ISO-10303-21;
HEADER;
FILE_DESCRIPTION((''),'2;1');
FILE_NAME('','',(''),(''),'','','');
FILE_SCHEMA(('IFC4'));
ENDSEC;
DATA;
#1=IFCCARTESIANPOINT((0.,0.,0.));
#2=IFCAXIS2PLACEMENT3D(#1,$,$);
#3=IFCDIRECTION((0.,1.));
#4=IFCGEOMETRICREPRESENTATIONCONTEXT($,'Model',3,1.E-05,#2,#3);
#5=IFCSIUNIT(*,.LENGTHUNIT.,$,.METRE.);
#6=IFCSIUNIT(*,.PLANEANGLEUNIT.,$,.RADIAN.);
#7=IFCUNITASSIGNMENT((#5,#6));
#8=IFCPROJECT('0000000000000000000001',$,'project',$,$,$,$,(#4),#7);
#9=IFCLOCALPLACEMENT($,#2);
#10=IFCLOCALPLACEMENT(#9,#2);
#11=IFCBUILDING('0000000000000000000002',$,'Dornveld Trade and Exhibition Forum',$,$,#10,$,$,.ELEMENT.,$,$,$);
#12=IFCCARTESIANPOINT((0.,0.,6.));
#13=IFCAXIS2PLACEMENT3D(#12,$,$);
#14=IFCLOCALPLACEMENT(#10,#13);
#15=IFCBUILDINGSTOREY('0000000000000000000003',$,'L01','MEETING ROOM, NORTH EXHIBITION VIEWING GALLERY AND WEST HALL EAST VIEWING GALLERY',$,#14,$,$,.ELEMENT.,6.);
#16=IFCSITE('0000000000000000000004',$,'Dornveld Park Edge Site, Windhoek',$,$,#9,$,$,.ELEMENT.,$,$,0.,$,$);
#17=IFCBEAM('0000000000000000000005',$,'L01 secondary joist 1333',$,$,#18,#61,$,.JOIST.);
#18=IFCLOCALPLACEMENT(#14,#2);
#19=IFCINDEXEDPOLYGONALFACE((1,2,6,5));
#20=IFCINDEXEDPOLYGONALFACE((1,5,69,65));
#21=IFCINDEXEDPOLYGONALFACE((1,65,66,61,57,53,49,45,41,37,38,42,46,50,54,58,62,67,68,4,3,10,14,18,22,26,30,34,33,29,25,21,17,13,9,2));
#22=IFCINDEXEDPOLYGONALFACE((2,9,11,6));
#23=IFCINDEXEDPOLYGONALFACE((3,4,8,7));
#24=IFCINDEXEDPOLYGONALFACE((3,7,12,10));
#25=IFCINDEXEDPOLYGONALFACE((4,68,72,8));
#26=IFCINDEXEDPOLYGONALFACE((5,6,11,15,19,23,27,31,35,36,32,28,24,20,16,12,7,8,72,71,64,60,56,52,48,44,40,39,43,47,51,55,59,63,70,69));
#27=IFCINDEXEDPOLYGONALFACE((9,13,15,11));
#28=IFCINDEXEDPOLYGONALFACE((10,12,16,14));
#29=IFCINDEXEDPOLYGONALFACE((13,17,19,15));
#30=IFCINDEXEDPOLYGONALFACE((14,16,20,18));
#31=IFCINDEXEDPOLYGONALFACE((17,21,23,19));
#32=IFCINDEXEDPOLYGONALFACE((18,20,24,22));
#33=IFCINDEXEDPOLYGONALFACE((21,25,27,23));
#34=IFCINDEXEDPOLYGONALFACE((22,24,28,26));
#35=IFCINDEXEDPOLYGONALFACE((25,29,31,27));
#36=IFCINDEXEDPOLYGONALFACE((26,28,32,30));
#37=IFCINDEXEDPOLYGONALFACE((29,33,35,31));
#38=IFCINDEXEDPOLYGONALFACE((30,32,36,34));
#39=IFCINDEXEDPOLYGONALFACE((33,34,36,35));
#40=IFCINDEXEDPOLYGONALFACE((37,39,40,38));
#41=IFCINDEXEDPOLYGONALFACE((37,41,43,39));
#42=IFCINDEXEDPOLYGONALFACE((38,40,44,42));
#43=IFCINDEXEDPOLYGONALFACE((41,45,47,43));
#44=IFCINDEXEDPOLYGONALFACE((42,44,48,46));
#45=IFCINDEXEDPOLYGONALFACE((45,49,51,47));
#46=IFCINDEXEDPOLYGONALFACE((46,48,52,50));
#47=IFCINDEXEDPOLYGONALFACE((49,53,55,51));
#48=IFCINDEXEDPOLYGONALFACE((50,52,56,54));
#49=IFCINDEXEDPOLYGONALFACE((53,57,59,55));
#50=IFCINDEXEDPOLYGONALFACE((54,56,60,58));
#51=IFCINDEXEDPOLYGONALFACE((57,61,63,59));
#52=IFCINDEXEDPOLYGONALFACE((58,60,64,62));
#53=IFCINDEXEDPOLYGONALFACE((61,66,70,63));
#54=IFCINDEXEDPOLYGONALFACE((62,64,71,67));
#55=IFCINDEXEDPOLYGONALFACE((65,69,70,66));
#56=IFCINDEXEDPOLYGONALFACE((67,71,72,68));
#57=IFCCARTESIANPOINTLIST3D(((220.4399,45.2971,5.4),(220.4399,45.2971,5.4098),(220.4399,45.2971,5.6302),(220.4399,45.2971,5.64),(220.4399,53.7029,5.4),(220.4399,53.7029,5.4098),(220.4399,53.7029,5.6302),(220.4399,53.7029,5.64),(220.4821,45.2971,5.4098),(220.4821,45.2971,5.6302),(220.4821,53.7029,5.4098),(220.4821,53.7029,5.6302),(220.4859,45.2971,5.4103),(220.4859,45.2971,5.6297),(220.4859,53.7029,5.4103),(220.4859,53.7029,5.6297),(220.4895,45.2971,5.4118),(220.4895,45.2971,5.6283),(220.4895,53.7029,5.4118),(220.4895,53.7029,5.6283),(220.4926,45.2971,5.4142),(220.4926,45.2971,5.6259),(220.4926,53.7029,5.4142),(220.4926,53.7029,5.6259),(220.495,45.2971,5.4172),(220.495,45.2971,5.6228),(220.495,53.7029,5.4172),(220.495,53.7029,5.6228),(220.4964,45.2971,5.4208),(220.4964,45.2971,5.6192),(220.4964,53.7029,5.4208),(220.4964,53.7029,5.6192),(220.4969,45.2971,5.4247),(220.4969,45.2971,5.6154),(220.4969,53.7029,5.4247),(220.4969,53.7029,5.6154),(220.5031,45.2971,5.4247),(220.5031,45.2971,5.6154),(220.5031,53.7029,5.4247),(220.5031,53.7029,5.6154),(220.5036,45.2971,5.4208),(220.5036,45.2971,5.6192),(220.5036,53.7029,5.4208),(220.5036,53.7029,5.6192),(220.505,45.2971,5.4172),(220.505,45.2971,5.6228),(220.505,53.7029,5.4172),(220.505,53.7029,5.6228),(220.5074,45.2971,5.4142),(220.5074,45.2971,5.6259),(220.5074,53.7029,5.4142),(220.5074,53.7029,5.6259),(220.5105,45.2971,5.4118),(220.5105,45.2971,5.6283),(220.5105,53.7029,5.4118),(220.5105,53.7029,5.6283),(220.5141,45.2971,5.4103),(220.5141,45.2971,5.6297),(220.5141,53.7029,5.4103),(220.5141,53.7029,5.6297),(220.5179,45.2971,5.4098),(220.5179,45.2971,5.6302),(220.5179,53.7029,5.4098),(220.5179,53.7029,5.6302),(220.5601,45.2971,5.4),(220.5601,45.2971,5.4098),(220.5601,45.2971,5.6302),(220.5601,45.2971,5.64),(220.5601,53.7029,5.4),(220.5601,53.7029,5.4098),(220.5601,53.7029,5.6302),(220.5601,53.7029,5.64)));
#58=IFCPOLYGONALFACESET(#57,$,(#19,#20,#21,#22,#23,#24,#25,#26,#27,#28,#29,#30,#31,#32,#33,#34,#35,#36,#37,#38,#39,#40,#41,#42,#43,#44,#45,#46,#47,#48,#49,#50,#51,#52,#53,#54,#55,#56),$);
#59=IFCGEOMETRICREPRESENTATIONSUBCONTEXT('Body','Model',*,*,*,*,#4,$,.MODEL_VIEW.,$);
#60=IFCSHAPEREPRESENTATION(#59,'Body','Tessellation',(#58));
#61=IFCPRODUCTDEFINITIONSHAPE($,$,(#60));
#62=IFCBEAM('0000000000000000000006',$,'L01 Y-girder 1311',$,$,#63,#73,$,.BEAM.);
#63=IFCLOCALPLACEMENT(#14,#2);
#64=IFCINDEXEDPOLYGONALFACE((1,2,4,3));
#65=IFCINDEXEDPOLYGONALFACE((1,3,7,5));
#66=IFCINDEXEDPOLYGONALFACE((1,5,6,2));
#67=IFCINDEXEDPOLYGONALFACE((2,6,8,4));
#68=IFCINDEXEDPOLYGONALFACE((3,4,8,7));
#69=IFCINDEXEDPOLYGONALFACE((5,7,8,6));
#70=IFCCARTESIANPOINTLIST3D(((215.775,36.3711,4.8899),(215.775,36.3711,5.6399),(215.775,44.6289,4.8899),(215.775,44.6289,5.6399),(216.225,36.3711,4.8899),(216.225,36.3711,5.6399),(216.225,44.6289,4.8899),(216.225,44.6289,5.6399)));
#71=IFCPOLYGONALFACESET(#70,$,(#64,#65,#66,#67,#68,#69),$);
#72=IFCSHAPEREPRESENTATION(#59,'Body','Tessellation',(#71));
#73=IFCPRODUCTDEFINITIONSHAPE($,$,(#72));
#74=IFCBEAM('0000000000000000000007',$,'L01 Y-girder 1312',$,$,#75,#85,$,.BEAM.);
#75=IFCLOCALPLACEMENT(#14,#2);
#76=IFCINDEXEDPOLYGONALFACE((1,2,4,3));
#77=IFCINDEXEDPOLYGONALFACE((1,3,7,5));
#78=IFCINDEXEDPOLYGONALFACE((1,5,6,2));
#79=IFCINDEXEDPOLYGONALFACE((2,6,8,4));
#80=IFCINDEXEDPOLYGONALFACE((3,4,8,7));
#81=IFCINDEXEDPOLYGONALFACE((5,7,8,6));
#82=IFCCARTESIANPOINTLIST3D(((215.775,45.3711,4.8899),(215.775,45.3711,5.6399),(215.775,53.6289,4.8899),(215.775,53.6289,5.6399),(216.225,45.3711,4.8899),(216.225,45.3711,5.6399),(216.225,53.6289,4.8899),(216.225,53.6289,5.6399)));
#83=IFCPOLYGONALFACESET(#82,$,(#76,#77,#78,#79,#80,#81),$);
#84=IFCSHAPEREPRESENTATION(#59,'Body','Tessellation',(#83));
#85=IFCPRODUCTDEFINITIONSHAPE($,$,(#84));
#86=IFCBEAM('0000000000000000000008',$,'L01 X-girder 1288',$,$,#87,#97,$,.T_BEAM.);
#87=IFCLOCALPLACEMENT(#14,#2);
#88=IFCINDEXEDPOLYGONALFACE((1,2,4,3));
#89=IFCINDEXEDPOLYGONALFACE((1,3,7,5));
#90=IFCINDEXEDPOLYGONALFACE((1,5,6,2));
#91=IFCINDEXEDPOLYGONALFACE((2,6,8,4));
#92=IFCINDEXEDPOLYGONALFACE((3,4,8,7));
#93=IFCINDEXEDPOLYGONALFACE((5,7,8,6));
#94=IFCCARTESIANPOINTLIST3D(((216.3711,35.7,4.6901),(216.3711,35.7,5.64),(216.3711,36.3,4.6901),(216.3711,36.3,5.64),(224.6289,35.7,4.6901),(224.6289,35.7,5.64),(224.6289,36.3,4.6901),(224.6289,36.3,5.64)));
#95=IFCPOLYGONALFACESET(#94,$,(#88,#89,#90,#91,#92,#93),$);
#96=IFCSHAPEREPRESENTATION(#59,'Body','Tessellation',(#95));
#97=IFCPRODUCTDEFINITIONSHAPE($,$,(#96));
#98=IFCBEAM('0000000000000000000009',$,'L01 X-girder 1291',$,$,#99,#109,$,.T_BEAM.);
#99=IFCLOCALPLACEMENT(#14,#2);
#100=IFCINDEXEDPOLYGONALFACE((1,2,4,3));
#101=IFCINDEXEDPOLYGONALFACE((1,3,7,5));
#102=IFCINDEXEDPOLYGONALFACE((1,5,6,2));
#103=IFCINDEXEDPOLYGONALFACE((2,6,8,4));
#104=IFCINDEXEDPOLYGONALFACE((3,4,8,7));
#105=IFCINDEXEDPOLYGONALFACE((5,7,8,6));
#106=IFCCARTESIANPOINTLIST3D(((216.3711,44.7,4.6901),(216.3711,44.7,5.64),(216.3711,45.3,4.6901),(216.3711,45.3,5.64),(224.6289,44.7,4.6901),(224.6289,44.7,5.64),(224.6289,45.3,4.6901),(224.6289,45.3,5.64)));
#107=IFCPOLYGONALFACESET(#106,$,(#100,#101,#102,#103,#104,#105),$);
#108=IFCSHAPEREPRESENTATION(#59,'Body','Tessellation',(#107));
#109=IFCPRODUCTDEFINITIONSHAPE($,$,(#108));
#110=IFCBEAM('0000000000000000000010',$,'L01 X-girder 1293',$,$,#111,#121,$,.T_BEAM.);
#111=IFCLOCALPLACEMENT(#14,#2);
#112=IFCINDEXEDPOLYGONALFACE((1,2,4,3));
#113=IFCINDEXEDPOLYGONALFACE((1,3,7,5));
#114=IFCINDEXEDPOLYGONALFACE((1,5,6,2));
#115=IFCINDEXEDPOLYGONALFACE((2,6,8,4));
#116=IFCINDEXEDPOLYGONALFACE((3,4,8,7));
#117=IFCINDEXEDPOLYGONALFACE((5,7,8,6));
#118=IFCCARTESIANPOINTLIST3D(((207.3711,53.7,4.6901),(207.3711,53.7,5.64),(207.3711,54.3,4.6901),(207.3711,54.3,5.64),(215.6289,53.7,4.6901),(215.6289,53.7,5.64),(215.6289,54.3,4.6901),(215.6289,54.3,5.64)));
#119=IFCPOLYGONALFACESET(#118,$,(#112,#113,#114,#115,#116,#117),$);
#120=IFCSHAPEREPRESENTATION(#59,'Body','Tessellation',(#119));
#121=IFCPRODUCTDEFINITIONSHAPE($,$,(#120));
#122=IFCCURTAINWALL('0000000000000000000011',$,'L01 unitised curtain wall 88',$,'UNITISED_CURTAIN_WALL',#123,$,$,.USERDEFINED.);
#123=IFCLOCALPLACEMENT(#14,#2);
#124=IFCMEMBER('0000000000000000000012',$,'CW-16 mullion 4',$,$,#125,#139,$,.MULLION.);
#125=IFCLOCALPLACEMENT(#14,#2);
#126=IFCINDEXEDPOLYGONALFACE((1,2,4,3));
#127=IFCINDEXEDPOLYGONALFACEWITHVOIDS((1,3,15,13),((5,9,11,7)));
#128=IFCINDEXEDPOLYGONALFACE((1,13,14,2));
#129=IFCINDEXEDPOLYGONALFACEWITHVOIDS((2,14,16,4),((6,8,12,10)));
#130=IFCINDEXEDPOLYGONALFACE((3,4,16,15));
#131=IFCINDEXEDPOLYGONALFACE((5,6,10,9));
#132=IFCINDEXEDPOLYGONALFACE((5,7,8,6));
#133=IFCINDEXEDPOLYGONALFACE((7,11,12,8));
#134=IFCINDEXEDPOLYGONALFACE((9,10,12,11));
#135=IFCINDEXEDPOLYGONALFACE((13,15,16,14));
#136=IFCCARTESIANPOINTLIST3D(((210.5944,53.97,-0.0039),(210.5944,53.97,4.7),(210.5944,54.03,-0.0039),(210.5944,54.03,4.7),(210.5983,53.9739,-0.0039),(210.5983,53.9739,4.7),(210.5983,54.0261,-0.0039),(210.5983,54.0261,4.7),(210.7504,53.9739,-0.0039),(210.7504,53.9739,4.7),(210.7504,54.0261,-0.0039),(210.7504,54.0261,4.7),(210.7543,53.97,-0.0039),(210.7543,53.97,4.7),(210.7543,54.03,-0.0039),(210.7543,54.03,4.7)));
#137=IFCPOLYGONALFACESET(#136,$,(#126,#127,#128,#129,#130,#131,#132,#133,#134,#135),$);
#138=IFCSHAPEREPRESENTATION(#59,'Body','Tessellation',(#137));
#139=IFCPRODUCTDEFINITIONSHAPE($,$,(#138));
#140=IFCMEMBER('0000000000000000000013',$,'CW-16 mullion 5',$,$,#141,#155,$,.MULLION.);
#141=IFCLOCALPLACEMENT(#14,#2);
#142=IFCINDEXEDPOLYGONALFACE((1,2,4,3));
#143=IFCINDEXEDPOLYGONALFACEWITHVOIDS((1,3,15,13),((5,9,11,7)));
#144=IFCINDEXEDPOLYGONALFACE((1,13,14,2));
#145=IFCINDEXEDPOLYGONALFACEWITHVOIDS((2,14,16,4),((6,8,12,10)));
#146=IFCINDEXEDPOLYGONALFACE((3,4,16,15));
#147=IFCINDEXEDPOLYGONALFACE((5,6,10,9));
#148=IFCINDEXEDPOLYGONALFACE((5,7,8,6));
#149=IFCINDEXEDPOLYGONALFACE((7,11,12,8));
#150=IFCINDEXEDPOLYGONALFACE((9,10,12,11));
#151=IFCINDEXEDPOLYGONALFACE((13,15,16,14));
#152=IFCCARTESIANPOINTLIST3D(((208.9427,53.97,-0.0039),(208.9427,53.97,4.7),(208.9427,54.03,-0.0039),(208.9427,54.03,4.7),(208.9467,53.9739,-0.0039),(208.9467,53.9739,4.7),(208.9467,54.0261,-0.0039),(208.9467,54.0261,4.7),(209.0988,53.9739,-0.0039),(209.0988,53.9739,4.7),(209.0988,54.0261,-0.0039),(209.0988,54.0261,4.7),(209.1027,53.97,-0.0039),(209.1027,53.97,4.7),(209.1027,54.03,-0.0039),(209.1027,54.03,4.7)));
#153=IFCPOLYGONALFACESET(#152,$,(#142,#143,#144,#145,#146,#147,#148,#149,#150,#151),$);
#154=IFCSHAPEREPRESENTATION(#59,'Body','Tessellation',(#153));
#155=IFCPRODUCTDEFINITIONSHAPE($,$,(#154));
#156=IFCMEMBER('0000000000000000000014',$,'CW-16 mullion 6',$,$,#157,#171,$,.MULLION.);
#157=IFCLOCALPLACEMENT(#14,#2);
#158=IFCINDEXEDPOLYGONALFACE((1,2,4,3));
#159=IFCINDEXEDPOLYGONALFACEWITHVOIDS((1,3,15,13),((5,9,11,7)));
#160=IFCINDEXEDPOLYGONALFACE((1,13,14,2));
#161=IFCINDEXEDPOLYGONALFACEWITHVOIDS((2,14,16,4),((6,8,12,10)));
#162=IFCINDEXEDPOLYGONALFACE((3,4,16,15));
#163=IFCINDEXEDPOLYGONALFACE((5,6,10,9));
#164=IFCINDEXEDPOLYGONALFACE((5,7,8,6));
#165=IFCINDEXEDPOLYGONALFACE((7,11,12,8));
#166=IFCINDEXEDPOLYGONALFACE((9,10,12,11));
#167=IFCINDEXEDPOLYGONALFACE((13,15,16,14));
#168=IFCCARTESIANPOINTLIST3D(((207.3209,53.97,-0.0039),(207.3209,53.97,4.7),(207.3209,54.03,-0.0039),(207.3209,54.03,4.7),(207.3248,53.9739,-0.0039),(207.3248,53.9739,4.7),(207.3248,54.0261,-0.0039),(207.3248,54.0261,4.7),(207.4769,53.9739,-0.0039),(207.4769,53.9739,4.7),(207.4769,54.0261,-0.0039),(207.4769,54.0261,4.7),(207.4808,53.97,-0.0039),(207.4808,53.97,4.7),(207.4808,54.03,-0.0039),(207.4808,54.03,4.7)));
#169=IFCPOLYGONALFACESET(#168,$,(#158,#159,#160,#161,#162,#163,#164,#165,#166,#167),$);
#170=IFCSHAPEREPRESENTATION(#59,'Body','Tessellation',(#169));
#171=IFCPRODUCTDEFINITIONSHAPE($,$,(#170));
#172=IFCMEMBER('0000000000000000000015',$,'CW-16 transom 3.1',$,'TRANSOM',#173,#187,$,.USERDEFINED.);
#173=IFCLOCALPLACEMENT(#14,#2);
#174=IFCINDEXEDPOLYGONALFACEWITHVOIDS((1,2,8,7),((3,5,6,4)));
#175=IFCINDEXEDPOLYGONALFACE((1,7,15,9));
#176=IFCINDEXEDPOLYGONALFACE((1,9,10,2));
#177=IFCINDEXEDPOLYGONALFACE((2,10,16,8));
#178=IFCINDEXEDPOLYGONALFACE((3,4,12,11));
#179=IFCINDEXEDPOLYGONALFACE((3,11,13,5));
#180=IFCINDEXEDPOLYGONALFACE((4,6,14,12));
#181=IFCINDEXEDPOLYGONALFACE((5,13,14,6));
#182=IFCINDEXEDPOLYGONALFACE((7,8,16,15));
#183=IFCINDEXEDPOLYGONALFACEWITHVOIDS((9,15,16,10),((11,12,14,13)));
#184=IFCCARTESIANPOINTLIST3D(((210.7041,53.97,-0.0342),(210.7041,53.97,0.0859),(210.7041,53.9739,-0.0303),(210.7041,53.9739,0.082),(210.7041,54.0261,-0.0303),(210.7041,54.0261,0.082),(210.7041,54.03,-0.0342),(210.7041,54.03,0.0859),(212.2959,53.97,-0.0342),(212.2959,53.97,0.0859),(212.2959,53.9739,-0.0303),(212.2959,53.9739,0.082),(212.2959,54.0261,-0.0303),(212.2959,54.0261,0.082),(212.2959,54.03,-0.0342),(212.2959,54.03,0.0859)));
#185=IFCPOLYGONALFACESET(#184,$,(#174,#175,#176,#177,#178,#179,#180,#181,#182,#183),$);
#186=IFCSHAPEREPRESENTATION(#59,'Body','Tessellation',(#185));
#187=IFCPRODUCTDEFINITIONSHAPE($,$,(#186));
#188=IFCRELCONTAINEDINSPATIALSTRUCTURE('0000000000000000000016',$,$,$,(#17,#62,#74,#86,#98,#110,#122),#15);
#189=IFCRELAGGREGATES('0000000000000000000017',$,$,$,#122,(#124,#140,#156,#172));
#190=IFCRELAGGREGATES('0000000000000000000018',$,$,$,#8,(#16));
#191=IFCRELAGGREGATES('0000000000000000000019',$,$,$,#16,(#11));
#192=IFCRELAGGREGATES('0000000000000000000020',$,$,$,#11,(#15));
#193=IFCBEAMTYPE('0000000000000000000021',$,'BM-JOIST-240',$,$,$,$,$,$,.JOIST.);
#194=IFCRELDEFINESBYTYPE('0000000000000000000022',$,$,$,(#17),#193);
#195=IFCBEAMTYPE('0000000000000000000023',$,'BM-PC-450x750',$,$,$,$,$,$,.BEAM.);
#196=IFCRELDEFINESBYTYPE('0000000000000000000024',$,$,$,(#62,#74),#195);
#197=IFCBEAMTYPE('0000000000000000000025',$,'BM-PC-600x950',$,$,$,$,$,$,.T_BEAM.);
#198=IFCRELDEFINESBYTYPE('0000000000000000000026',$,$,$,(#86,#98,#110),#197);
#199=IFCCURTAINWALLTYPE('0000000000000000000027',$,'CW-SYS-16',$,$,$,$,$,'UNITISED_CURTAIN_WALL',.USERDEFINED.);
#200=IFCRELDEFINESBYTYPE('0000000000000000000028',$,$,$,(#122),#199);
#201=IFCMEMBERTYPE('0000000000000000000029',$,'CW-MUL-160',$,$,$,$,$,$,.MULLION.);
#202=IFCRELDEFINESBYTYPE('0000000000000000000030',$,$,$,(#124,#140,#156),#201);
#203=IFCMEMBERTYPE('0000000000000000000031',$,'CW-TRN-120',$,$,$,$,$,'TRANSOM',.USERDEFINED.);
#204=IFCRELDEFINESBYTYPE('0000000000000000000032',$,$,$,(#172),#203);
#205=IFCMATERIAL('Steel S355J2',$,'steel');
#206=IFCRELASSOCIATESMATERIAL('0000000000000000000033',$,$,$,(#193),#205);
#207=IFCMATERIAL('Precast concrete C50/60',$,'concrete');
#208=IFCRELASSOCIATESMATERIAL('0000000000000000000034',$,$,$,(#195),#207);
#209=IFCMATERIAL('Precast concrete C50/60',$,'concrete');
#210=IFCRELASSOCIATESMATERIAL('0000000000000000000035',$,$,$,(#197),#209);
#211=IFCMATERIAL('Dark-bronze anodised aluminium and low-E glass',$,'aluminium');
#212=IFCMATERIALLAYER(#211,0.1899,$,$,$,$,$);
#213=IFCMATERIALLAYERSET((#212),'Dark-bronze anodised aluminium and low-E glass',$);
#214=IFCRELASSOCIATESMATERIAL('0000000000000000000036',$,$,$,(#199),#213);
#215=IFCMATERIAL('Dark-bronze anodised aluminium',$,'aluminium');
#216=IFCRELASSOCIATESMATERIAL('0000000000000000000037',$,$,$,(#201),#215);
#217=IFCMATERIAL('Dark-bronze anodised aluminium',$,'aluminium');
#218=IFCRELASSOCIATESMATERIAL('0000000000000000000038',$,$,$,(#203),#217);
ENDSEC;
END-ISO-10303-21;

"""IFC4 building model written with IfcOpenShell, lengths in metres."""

from ifc_helpers import new_model, si_unit, direction, frame, origin, origin_2d, place, context, subcontext, project, spatial, rectangle, hollow_rectangle, i_section, extrude, material, layer, layer_set, material_profile, profile_set, type_object, element, aggregate, save


model = new_model("IFC4")

# Units and contexts
model_context = context("Model", 3, precision=1e-05, world=origin(), true_north=direction((0.0, 1.0)))
body_context = subcontext(model_context, "Body", "Model", "MODEL_VIEW")
ifc_project = project(units=[si_unit("LENGTHUNIT", "METRE"), si_unit("PLANEANGLEUNIT", "RADIAN")], contexts=[model_context])

# Site, building, storey
site_placement = place(None, origin())
site = spatial("IfcSite", under=ifc_project, at=site_placement, Name="Dornveld Park Edge Site, Windhoek", CompositionType="ELEMENT", RefElevation=0.0)
building_placement = place(site_placement, origin())
building = spatial("IfcBuilding", under=site, at=building_placement, Name="Dornveld Trade and Exhibition Forum", CompositionType="ELEMENT")
storey_placement = place(building_placement, frame((0.0, 0.0, 6.0)))
storey = spatial("IfcBuildingStorey", under=building, at=storey_placement, Name="L01", Description="MEETING ROOM, NORTH EXHIBITION VIEWING GALLERY AND WEST HALL EAST VIEWING GALLERY", CompositionType="ELEMENT", Elevation=6.0)

# Beams
ifc_material_1 = material(Name="Steel S355J2", Category="steel")
ifc_material_profile_1 = material_profile(ifc_material_1, i_section(OverallWidth=0.1201, OverallDepth=0.24, WebThickness=0.0061, FlangeThickness=0.0098, FilletRadius=0.0149, at=origin_2d()), Name="IPE 240")
ifc_profile_set_1 = profile_set([ifc_material_profile_1], Name="Steel S355J2")
beam_type_1 = type_object("IfcBeamType", Name="BM-JOIST-240", PredefinedType="JOIST", material=ifc_profile_set_1)
for number, where, z_axis, x_axis, name in (
    (1, (220.5, 45.2971, 5.52), (0.0, 1.0, 0.0), (-1.0, 0.0, 0.0), "L01 secondary joist 1333"),
):
    element("IfcBeam", number, at=place(storey_placement, frame(where, z_axis=z_axis, x_axis=x_axis)), inside=storey, type_object=beam_type_1, Name=name, PredefinedType="JOIST", context=body_context, shape_type="SweptSolid", body=[
        extrude(i_section(OverallWidth=0.1201, OverallDepth=0.24, WebThickness=0.0061, FlangeThickness=0.0098, FilletRadius=0.0149, at=origin_2d()), origin(), (0.0, 0.0, 1.0), 8.4058),
    ])
ifc_material_2 = material(Name="Precast concrete C50/60", Category="concrete")
ifc_material_profile_2 = material_profile(ifc_material_2, rectangle(XDim=0.45, YDim=0.75, at=origin_2d()), Name="PC-BM 450x750")
ifc_profile_set_2 = profile_set([ifc_material_profile_2], Name="Precast concrete C50/60")
beam_type_2 = type_object("IfcBeamType", Name="BM-PC-450x750", PredefinedType="BEAM", material=ifc_profile_set_2)
for number, where, z_axis, x_axis, name in (
    (2, (216.0, 36.3711, 5.2649), (0.0, 1.0, 0.0), (-1.0, 0.0, 0.0), "L01 Y-girder 1311"),
    (3, (216.0, 45.3711, 5.2649), (0.0, 1.0, 0.0), (-1.0, 0.0, 0.0), "L01 Y-girder 1312"),
):
    element("IfcBeam", number, at=place(storey_placement, frame(where, z_axis=z_axis, x_axis=x_axis)), inside=storey, type_object=beam_type_2, Name=name, PredefinedType="BEAM", context=body_context, shape_type="SweptSolid", body=[
        extrude(rectangle(XDim=0.45, YDim=0.75, at=origin_2d()), origin(), (0.0, 0.0, 1.0), 8.2578),
    ])
ifc_material_3 = material(Name="Precast concrete C50/60", Category="concrete")
ifc_material_profile_3 = material_profile(ifc_material_3, rectangle(XDim=0.6001, YDim=0.95, at=origin_2d()), Name="PC-GIR 600x950")
ifc_profile_set_3 = profile_set([ifc_material_profile_3], Name="Precast concrete C50/60")
beam_type_3 = type_object("IfcBeamType", Name="BM-PC-600x950", PredefinedType="T_BEAM", material=ifc_profile_set_3)
for number, where, z_axis, x_axis, name in (
    (4, (216.3711, 36.0, 5.165), (1.0, 0.0, 0.0), (0.0, 1.0, 0.0), "L01 X-girder 1288"),
    (5, (216.3711, 45.0, 5.165), (1.0, 0.0, 0.0), (0.0, 1.0, 0.0), "L01 X-girder 1291"),
    (6, (207.3711, 54.0, 5.165), (1.0, 0.0, 0.0), (0.0, 1.0, 0.0), "L01 X-girder 1293"),
):
    element("IfcBeam", number, at=place(storey_placement, frame(where, z_axis=z_axis, x_axis=x_axis)), inside=storey, type_object=beam_type_3, Name=name, PredefinedType="T_BEAM", context=body_context, shape_type="SweptSolid", body=[
        extrude(rectangle(XDim=0.6001, YDim=0.95, at=origin_2d()), origin(), (0.0, 0.0, 1.0), 8.2578),
    ])

# Curtain wall, members
ifc_material_4 = material(Name="Dark-bronze anodised aluminium and low-E glass", Category="aluminium")
ifc_layer_1 = layer(ifc_material_4, 0.1899)
ifc_layer_set_1 = layer_set([ifc_layer_1], Name="Dark-bronze anodised aluminium and low-E glass")
curtain_wall_type = type_object("IfcCurtainWallType", Name="CW-SYS-16", ElementType="UNITISED_CURTAIN_WALL", PredefinedType="USERDEFINED", material=ifc_layer_set_1)
curtain_wall_placement = place(storey_placement, origin())
curtain_wall = element("IfcCurtainWall", 7, at=curtain_wall_placement, inside=storey, type_object=curtain_wall_type, Name="L01 unitised curtain wall 88", ObjectType="UNITISED_CURTAIN_WALL", PredefinedType="USERDEFINED")
ifc_material_5 = material(Name="Dark-bronze anodised aluminium", Category="aluminium")
ifc_material_profile_4 = material_profile(ifc_material_5, hollow_rectangle(XDim=0.0601, YDim=0.1599, WallThickness=0.0039, at=origin_2d()), Name="RHS 160x60x4")
ifc_profile_set_4 = profile_set([ifc_material_profile_4], Name="Dark-bronze anodised aluminium")
member_type_1 = type_object("IfcMemberType", Name="CW-MUL-160", PredefinedType="MULLION", material=ifc_profile_set_4)
member_1_placement = place(storey_placement, frame((210.6743, 54.0, -0.0039), z_axis=(0.0, 0.0, 1.0), x_axis=(0.0, -1.0, 0.0)))
member_1 = element("IfcMember", 8, at=member_1_placement, type_object=member_type_1, Name="CW-16 mullion 4", PredefinedType="MULLION", context=body_context, shape_type="SweptSolid", body=[
    extrude(hollow_rectangle(XDim=0.0601, YDim=0.1599, WallThickness=0.0039, at=origin_2d()), origin(), (0.0, 0.0, 1.0), 4.7039),
])
member_2_placement = place(storey_placement, frame((209.0227, 54.0, -0.0039), z_axis=(0.0, 0.0, 1.0), x_axis=(0.0, -1.0, 0.0)))
member_2 = element("IfcMember", 9, at=member_2_placement, type_object=member_type_1, Name="CW-16 mullion 5", PredefinedType="MULLION", context=body_context, shape_type="SweptSolid", body=[
    extrude(hollow_rectangle(XDim=0.0601, YDim=0.1599, WallThickness=0.0039, at=origin_2d()), origin(), (0.0, 0.0, 1.0), 4.7039),
])
member_3_placement = place(storey_placement, frame((207.4009, 54.0, -0.0039), z_axis=(0.0, 0.0, 1.0), x_axis=(0.0, -1.0, 0.0)))
member_3 = element("IfcMember", 10, at=member_3_placement, type_object=member_type_1, Name="CW-16 mullion 6", PredefinedType="MULLION", context=body_context, shape_type="SweptSolid", body=[
    extrude(hollow_rectangle(XDim=0.0601, YDim=0.1599, WallThickness=0.0039, at=origin_2d()), origin(), (0.0, 0.0, 1.0), 4.7039),
])
ifc_material_6 = material(Name="Dark-bronze anodised aluminium", Category="aluminium")
ifc_material_profile_5 = material_profile(ifc_material_6, hollow_rectangle(XDim=0.0601, YDim=0.1201, WallThickness=0.0039, at=origin_2d()), Name="RHS 120x60x4")
ifc_profile_set_5 = profile_set([ifc_material_profile_5], Name="Dark-bronze anodised aluminium")
member_type_2 = type_object("IfcMemberType", Name="CW-TRN-120", ElementType="TRANSOM", PredefinedType="USERDEFINED", material=ifc_profile_set_5)
member_4_placement = place(storey_placement, frame((212.2959, 54.0, 0.0259), z_axis=(-1.0, 0.0, 0.0), x_axis=(0.0, -1.0, 0.0)))
member_4 = element("IfcMember", 11, at=member_4_placement, type_object=member_type_2, Name="CW-16 transom 3.1", ObjectType="TRANSOM", PredefinedType="USERDEFINED", context=body_context, shape_type="SweptSolid", body=[
    extrude(hollow_rectangle(XDim=0.0601, YDim=0.1201, WallThickness=0.0039, at=origin_2d()), origin(), (0.0, 0.0, 1.0), 1.5918),
])
aggregate(curtain_wall, [member_1, member_2, member_3, member_4])

save(model, "model.ifc")
